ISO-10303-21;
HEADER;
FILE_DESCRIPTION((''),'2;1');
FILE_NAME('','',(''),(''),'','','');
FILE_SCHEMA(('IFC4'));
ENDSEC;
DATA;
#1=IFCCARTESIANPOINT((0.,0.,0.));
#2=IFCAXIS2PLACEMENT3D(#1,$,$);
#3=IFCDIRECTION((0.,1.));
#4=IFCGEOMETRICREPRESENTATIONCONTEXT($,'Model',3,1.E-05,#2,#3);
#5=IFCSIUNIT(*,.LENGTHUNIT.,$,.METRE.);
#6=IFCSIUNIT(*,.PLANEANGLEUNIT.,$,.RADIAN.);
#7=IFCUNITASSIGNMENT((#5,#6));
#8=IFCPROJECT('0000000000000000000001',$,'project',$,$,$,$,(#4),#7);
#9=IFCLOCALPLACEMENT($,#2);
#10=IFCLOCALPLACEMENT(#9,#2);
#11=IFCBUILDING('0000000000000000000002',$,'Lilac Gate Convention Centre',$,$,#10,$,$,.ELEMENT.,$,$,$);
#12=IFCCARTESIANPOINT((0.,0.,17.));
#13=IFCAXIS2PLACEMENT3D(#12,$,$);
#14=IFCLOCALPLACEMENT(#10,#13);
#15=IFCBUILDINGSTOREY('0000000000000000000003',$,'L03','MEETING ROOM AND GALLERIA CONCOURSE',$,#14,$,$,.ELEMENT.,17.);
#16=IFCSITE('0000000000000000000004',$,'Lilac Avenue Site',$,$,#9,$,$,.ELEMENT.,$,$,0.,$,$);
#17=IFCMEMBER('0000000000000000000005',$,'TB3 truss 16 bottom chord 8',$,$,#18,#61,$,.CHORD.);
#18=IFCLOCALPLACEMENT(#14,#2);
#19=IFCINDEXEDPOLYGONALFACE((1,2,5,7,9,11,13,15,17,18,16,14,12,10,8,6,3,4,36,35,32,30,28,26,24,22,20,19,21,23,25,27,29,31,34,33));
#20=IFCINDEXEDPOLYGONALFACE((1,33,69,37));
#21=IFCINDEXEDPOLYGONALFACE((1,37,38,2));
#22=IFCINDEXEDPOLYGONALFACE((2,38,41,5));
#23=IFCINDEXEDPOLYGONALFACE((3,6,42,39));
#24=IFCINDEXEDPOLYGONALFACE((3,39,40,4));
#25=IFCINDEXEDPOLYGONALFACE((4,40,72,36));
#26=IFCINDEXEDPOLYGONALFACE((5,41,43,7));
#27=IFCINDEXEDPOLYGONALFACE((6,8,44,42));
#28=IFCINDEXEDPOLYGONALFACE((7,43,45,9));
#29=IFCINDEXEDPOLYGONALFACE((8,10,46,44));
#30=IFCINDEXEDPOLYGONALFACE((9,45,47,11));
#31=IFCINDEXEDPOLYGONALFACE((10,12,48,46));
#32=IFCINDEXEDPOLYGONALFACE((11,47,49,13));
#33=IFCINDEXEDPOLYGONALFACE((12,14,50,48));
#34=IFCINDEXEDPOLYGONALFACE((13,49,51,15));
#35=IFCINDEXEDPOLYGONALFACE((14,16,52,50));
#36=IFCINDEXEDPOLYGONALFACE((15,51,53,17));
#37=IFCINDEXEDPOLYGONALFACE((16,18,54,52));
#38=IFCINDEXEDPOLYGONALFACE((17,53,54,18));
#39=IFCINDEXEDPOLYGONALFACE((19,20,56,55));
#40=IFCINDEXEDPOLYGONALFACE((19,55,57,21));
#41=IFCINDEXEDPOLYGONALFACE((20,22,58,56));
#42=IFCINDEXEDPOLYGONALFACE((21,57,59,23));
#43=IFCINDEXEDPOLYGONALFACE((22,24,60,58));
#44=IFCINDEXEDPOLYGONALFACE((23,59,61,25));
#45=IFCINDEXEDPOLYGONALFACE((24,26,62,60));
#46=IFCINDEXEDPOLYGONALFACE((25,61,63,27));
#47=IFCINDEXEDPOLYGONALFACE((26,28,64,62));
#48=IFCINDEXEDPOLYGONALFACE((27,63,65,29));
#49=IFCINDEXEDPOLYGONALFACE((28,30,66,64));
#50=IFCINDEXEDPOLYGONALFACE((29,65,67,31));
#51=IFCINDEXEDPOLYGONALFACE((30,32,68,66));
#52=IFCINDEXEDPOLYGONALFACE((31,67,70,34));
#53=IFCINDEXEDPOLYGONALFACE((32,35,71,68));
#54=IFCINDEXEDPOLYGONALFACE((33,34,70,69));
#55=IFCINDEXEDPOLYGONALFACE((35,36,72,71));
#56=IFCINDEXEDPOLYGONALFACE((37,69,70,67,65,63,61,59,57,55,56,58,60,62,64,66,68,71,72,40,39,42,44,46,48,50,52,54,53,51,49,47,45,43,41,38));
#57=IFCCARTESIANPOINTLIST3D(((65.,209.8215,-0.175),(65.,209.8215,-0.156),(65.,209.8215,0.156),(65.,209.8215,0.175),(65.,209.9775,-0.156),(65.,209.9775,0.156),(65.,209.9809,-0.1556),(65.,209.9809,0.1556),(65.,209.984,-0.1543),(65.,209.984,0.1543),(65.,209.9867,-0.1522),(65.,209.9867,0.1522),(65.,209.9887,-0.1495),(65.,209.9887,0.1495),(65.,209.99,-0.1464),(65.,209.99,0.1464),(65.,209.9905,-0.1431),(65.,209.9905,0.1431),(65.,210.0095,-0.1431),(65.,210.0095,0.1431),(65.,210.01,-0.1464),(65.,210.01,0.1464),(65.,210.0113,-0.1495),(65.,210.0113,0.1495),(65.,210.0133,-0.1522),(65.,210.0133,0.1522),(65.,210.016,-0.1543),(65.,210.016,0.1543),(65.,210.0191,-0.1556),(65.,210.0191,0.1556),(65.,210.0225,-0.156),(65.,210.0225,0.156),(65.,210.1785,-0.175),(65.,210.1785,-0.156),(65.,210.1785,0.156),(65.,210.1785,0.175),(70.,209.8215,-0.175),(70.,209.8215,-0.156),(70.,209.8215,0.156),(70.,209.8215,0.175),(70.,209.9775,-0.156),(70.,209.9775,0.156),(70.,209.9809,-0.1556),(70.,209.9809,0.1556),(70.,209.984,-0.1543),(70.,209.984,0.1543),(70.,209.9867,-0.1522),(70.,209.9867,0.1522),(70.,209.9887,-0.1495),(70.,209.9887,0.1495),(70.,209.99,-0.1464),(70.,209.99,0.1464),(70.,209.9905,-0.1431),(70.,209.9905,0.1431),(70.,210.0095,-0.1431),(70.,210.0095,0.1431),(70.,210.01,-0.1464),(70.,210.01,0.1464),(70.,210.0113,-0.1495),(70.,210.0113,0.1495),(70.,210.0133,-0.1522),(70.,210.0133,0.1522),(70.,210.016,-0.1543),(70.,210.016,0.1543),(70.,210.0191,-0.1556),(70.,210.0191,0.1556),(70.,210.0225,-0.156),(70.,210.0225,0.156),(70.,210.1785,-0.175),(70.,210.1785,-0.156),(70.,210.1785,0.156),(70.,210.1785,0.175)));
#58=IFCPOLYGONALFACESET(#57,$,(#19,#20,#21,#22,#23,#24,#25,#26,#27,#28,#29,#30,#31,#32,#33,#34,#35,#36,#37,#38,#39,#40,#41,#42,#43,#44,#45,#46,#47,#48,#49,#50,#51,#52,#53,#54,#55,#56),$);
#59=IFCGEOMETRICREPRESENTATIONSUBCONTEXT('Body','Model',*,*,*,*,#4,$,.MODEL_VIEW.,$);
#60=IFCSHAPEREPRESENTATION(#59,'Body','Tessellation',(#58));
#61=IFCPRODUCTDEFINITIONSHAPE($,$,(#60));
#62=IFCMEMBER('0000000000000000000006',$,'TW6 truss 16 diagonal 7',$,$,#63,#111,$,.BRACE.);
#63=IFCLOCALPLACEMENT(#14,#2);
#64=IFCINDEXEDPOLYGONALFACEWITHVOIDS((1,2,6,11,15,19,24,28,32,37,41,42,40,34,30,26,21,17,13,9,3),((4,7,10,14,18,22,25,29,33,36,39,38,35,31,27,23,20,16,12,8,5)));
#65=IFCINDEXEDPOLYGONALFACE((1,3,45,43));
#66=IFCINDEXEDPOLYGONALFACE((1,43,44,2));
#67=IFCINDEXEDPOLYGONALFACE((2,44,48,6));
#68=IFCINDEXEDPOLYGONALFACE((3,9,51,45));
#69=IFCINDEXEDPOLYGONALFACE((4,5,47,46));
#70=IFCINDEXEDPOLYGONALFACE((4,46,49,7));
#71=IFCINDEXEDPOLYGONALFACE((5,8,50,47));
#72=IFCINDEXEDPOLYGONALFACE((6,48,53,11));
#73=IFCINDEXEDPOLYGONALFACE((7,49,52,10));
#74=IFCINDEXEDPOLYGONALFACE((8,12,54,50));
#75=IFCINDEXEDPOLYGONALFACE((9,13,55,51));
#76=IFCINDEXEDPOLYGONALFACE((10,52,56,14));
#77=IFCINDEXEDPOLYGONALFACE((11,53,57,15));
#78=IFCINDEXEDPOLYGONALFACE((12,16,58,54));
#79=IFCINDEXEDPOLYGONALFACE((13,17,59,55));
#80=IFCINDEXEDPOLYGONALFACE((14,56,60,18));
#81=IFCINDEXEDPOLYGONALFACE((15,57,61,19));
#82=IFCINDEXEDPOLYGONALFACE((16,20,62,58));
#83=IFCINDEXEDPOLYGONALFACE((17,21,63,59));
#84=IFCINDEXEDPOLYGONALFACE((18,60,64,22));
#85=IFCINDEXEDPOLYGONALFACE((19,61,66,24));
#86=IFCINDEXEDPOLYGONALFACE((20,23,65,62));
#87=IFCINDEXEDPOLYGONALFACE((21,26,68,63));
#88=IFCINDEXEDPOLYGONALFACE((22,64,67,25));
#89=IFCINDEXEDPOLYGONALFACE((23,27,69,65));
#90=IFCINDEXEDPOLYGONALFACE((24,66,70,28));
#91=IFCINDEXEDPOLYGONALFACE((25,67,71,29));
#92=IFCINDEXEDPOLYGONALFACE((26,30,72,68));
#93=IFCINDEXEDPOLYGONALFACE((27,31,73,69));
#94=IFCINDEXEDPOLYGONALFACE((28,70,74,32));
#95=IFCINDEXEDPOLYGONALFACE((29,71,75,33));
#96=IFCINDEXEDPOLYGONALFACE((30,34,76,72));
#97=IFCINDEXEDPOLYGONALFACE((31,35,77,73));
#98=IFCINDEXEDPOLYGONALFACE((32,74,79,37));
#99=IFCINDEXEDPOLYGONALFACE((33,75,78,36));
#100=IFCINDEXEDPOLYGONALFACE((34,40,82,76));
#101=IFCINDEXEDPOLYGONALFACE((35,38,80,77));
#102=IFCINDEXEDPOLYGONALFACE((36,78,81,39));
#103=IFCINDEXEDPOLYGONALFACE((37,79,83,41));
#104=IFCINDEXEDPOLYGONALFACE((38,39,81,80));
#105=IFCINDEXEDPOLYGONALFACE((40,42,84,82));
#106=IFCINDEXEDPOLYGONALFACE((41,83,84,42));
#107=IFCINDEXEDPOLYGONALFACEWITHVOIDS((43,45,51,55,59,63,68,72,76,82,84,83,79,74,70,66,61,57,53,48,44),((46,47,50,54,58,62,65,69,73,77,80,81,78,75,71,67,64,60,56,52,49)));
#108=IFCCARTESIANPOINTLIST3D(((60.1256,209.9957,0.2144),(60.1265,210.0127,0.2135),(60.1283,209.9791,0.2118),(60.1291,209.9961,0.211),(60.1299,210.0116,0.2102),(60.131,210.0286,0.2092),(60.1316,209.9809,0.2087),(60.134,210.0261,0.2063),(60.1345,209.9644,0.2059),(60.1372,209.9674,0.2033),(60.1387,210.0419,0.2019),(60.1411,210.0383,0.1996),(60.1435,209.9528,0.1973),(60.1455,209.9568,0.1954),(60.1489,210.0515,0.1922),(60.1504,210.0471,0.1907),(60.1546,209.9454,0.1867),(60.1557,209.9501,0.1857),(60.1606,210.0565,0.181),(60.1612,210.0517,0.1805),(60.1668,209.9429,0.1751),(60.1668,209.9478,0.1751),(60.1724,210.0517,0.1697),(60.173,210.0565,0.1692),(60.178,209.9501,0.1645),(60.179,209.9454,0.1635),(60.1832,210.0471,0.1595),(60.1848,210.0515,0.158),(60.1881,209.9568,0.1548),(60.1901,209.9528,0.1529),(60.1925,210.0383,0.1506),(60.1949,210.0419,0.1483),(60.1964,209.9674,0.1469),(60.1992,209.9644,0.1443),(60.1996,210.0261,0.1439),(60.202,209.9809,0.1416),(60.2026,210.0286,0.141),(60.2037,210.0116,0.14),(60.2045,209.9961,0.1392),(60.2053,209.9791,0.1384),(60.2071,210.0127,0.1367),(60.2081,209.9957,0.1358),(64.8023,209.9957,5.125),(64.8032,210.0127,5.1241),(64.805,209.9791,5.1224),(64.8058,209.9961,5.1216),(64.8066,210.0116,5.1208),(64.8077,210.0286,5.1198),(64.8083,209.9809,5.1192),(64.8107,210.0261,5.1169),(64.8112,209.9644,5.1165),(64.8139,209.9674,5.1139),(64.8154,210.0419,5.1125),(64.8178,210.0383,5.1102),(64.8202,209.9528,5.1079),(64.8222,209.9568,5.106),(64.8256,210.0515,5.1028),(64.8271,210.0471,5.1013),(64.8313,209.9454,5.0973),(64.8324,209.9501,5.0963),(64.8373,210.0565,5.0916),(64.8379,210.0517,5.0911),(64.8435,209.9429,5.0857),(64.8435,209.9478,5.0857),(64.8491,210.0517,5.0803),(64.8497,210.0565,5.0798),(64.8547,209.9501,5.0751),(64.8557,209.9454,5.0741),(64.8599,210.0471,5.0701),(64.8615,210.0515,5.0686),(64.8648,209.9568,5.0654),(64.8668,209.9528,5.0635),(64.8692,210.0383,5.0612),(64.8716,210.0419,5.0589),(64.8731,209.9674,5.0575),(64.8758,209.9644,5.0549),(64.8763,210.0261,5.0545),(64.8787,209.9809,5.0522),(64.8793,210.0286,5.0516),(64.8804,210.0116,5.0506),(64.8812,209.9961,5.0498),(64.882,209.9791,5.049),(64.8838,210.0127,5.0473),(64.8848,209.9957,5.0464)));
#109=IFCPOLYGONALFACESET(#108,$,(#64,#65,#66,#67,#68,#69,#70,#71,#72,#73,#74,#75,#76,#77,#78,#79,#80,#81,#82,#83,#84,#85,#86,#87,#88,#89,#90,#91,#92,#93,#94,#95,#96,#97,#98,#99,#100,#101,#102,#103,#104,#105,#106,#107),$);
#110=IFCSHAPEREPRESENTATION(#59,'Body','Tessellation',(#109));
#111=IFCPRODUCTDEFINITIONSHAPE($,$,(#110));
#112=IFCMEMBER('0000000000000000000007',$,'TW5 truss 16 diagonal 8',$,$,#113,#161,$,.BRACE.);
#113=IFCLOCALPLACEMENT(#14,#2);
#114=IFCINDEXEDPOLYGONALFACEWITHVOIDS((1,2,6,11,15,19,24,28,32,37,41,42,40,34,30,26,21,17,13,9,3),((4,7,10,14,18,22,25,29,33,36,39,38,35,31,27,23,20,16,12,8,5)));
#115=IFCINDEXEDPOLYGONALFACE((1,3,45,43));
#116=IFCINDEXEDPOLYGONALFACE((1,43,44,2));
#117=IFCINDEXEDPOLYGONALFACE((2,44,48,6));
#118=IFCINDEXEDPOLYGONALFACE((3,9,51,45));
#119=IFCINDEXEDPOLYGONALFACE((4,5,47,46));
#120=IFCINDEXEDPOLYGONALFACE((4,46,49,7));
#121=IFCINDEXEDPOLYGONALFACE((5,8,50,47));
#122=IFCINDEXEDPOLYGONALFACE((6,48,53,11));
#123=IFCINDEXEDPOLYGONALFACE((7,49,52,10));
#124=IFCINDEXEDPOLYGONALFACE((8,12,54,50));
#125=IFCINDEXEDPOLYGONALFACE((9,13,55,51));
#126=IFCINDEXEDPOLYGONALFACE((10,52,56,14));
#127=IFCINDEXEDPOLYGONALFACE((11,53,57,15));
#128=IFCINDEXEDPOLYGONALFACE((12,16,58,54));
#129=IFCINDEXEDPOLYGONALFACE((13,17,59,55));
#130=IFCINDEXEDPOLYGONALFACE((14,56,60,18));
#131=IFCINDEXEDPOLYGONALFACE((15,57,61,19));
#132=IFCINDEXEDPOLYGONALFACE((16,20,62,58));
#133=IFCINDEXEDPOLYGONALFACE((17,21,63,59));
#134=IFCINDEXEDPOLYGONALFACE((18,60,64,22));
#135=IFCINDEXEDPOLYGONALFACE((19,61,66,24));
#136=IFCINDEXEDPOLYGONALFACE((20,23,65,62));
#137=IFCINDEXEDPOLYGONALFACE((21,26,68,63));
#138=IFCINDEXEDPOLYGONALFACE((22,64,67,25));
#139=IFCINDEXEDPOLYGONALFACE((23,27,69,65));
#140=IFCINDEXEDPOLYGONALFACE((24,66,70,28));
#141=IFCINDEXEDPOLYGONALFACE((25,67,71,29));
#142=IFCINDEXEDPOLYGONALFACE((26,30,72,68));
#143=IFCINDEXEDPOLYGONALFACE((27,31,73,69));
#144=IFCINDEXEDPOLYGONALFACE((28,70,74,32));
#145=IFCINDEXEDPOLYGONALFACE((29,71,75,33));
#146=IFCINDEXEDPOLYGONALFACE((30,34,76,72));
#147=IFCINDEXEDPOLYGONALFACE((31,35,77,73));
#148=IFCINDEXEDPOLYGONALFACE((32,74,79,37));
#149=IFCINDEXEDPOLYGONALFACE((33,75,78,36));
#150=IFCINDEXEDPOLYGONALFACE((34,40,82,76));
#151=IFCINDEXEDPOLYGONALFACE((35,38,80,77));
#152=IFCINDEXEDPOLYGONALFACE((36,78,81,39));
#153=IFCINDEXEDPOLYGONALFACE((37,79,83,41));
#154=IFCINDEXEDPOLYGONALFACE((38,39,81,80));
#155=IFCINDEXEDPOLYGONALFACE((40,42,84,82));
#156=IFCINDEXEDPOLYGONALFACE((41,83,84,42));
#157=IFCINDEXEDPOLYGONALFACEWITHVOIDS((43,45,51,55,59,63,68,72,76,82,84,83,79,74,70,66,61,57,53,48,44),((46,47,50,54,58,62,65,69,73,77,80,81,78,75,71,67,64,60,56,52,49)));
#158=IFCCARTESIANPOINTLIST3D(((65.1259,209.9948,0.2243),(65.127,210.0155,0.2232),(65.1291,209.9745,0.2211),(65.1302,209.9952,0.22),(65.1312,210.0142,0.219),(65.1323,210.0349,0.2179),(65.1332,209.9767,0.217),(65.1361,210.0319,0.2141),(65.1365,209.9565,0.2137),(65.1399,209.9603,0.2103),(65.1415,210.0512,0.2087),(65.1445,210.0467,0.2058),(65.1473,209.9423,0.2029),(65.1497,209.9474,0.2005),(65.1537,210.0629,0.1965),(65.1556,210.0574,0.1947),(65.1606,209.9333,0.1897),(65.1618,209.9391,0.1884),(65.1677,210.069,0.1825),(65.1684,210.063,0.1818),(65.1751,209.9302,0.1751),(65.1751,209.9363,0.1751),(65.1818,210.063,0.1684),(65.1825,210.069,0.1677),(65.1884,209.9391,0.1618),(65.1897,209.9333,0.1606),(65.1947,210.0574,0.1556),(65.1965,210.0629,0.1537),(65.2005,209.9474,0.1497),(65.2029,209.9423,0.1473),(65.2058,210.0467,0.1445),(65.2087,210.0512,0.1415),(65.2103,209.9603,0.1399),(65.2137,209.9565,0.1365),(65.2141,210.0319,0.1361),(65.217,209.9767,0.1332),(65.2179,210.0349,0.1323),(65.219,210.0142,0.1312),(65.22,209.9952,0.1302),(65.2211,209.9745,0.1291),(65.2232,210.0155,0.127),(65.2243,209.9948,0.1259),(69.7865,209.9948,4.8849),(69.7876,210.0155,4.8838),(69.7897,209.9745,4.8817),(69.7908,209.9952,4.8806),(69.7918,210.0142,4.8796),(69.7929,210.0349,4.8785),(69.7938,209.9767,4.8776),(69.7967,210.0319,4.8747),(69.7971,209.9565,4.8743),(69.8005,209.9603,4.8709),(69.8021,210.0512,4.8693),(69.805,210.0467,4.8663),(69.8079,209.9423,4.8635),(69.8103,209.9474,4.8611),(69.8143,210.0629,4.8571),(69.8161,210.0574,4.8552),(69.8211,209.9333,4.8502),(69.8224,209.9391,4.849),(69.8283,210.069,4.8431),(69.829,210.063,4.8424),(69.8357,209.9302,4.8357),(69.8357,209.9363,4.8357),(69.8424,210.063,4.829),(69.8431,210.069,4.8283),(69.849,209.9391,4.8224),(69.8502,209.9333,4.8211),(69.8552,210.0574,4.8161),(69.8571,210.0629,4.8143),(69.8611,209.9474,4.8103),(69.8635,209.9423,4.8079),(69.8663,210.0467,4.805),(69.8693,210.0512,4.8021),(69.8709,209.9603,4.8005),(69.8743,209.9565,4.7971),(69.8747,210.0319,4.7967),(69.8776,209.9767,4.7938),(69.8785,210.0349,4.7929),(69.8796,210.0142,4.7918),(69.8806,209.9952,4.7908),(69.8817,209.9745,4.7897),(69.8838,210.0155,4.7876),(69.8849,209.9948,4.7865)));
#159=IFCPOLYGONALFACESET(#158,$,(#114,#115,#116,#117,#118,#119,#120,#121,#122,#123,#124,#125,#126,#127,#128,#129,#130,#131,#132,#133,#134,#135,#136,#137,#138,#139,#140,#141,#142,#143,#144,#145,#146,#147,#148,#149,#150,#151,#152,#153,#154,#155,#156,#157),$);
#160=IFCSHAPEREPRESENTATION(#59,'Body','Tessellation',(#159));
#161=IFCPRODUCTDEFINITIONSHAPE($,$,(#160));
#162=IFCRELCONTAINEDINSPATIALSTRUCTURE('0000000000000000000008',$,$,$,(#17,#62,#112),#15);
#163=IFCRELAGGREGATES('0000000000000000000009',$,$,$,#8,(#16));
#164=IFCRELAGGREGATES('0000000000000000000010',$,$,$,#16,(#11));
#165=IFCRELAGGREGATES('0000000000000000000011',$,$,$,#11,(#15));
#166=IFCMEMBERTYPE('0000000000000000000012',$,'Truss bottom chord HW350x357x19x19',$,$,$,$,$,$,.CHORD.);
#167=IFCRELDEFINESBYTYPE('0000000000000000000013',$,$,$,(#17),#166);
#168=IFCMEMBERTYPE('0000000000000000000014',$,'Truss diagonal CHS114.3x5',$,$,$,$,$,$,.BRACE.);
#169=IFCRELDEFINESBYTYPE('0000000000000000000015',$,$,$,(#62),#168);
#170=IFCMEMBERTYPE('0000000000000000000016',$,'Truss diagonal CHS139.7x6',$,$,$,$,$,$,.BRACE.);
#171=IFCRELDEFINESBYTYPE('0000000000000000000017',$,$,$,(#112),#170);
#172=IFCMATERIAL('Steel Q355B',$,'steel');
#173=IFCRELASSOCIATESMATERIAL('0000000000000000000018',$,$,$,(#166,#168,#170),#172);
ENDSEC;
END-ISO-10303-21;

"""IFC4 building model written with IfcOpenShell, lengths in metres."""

from ifc_helpers import new_model, si_unit, direction, frame, origin, origin_2d, place, context, subcontext, project, spatial, hollow_circle, i_section, extrude, material, material_profile, profile_set, type_object, element, save


model = new_model("IFC4")

# Units and contexts
model_context = context("Model", 3, precision=1e-05, world=origin(), true_north=direction((0.0, 1.0)))
body_context = subcontext(model_context, "Body", "Model", "MODEL_VIEW")
ifc_project = project(units=[si_unit("LENGTHUNIT", "METRE"), si_unit("PLANEANGLEUNIT", "RADIAN")], contexts=[model_context])

# Site, building, storey
site_placement = place(None, origin())
site = spatial("IfcSite", under=ifc_project, at=site_placement, Name="Lilac Avenue Site", CompositionType="ELEMENT", RefElevation=0.0)
building_placement = place(site_placement, origin())
building = spatial("IfcBuilding", under=site, at=building_placement, Name="Lilac Gate Convention Centre", CompositionType="ELEMENT")
storey_placement = place(building_placement, frame((0.0, 0.0, 17.0)))
storey = spatial("IfcBuildingStorey", under=building, at=storey_placement, Name="L03", Description="MEETING ROOM AND GALLERIA CONCOURSE", CompositionType="ELEMENT", Elevation=17.0)

# Members
ifc_material = material(Name="Steel Q355B", Category="steel")
ifc_material_profile_1 = material_profile(ifc_material, i_section(OverallWidth=0.3569, OverallDepth=0.3501, WebThickness=0.019, FlangeThickness=0.019, FilletRadius=0.0129, at=origin_2d()), Name="HW350x357x19x19")
ifc_profile_set_1 = profile_set([ifc_material_profile_1], Name="Steel Q355B")
member_type_1 = type_object("IfcMemberType", Name="Truss bottom chord HW350x357x19x19", PredefinedType="CHORD", material=ifc_profile_set_1)
for number, where, z_axis, x_axis, name in (
    (1, (65.0, 210.0, 0.0), (1.0, 0.0, 0.0), (0.0, 1.0, 0.0), "TB3 truss 16 bottom chord 8"),
):
    element("IfcMember", number, at=place(storey_placement, frame(where, z_axis=z_axis, x_axis=x_axis)), inside=storey, type_object=member_type_1, Name=name, PredefinedType="CHORD", context=body_context, shape_type="SweptSolid", body=[
        extrude(i_section(OverallWidth=0.3569, OverallDepth=0.3501, WebThickness=0.019, FlangeThickness=0.019, FilletRadius=0.0129, at=origin_2d()), origin(), (0.0, 0.0, 1.0), 5.0),
    ])
ifc_material_profile_2 = material_profile(ifc_material, hollow_circle(Radius=0.0571, WallThickness=0.0049, at=origin_2d()), Name="CHS114.3x5")
ifc_profile_set_2 = profile_set([ifc_material_profile_2], Name="Steel Q355B")
member_type_2 = type_object("IfcMemberType", Name="Truss diagonal CHS114.3x5", PredefinedType="BRACE", material=ifc_profile_set_2)
member_1_placement = place(storey_placement, frame((64.8435, 210.0, 5.0857), z_axis=(-0.689652, 0.0, -0.724141), x_axis=(0.0, -1.0, 0.0)))
element("IfcMember", 2, at=member_1_placement, inside=storey, type_object=member_type_2, Name="TW6 truss 16 diagonal 7", PredefinedType="BRACE", context=body_context, shape_type="SweptSolid", body=[
    extrude(hollow_circle(Radius=0.0571, WallThickness=0.0049, at=origin_2d()), origin(), (0.0, 0.0, 1.0), 6.7812),
])
ifc_material_profile_3 = material_profile(ifc_material, hollow_circle(Radius=0.0698, WallThickness=0.0061, at=origin_2d()), Name="CHS139.7x6")
ifc_profile_set_3 = profile_set([ifc_material_profile_3], Name="Steel Q355B")
member_type_3 = type_object("IfcMemberType", Name="Truss diagonal CHS139.7x6", PredefinedType="BRACE", material=ifc_profile_set_3)
member_2_placement = place(storey_placement, frame((69.8357, 210.0, 4.8357), z_axis=(-0.707107, 0.0, -0.707107), x_axis=(0.0, -1.0, 0.0)))
element("IfcMember", 3, at=member_2_placement, inside=storey, type_object=member_type_3, Name="TW5 truss 16 diagonal 8", PredefinedType="BRACE", context=body_context, shape_type="SweptSolid", body=[
    extrude(hollow_circle(Radius=0.0698, WallThickness=0.0061, at=origin_2d()), origin(), (0.0, 0.0, 1.0), 6.5911),
])

save(model, "model.ifc")
